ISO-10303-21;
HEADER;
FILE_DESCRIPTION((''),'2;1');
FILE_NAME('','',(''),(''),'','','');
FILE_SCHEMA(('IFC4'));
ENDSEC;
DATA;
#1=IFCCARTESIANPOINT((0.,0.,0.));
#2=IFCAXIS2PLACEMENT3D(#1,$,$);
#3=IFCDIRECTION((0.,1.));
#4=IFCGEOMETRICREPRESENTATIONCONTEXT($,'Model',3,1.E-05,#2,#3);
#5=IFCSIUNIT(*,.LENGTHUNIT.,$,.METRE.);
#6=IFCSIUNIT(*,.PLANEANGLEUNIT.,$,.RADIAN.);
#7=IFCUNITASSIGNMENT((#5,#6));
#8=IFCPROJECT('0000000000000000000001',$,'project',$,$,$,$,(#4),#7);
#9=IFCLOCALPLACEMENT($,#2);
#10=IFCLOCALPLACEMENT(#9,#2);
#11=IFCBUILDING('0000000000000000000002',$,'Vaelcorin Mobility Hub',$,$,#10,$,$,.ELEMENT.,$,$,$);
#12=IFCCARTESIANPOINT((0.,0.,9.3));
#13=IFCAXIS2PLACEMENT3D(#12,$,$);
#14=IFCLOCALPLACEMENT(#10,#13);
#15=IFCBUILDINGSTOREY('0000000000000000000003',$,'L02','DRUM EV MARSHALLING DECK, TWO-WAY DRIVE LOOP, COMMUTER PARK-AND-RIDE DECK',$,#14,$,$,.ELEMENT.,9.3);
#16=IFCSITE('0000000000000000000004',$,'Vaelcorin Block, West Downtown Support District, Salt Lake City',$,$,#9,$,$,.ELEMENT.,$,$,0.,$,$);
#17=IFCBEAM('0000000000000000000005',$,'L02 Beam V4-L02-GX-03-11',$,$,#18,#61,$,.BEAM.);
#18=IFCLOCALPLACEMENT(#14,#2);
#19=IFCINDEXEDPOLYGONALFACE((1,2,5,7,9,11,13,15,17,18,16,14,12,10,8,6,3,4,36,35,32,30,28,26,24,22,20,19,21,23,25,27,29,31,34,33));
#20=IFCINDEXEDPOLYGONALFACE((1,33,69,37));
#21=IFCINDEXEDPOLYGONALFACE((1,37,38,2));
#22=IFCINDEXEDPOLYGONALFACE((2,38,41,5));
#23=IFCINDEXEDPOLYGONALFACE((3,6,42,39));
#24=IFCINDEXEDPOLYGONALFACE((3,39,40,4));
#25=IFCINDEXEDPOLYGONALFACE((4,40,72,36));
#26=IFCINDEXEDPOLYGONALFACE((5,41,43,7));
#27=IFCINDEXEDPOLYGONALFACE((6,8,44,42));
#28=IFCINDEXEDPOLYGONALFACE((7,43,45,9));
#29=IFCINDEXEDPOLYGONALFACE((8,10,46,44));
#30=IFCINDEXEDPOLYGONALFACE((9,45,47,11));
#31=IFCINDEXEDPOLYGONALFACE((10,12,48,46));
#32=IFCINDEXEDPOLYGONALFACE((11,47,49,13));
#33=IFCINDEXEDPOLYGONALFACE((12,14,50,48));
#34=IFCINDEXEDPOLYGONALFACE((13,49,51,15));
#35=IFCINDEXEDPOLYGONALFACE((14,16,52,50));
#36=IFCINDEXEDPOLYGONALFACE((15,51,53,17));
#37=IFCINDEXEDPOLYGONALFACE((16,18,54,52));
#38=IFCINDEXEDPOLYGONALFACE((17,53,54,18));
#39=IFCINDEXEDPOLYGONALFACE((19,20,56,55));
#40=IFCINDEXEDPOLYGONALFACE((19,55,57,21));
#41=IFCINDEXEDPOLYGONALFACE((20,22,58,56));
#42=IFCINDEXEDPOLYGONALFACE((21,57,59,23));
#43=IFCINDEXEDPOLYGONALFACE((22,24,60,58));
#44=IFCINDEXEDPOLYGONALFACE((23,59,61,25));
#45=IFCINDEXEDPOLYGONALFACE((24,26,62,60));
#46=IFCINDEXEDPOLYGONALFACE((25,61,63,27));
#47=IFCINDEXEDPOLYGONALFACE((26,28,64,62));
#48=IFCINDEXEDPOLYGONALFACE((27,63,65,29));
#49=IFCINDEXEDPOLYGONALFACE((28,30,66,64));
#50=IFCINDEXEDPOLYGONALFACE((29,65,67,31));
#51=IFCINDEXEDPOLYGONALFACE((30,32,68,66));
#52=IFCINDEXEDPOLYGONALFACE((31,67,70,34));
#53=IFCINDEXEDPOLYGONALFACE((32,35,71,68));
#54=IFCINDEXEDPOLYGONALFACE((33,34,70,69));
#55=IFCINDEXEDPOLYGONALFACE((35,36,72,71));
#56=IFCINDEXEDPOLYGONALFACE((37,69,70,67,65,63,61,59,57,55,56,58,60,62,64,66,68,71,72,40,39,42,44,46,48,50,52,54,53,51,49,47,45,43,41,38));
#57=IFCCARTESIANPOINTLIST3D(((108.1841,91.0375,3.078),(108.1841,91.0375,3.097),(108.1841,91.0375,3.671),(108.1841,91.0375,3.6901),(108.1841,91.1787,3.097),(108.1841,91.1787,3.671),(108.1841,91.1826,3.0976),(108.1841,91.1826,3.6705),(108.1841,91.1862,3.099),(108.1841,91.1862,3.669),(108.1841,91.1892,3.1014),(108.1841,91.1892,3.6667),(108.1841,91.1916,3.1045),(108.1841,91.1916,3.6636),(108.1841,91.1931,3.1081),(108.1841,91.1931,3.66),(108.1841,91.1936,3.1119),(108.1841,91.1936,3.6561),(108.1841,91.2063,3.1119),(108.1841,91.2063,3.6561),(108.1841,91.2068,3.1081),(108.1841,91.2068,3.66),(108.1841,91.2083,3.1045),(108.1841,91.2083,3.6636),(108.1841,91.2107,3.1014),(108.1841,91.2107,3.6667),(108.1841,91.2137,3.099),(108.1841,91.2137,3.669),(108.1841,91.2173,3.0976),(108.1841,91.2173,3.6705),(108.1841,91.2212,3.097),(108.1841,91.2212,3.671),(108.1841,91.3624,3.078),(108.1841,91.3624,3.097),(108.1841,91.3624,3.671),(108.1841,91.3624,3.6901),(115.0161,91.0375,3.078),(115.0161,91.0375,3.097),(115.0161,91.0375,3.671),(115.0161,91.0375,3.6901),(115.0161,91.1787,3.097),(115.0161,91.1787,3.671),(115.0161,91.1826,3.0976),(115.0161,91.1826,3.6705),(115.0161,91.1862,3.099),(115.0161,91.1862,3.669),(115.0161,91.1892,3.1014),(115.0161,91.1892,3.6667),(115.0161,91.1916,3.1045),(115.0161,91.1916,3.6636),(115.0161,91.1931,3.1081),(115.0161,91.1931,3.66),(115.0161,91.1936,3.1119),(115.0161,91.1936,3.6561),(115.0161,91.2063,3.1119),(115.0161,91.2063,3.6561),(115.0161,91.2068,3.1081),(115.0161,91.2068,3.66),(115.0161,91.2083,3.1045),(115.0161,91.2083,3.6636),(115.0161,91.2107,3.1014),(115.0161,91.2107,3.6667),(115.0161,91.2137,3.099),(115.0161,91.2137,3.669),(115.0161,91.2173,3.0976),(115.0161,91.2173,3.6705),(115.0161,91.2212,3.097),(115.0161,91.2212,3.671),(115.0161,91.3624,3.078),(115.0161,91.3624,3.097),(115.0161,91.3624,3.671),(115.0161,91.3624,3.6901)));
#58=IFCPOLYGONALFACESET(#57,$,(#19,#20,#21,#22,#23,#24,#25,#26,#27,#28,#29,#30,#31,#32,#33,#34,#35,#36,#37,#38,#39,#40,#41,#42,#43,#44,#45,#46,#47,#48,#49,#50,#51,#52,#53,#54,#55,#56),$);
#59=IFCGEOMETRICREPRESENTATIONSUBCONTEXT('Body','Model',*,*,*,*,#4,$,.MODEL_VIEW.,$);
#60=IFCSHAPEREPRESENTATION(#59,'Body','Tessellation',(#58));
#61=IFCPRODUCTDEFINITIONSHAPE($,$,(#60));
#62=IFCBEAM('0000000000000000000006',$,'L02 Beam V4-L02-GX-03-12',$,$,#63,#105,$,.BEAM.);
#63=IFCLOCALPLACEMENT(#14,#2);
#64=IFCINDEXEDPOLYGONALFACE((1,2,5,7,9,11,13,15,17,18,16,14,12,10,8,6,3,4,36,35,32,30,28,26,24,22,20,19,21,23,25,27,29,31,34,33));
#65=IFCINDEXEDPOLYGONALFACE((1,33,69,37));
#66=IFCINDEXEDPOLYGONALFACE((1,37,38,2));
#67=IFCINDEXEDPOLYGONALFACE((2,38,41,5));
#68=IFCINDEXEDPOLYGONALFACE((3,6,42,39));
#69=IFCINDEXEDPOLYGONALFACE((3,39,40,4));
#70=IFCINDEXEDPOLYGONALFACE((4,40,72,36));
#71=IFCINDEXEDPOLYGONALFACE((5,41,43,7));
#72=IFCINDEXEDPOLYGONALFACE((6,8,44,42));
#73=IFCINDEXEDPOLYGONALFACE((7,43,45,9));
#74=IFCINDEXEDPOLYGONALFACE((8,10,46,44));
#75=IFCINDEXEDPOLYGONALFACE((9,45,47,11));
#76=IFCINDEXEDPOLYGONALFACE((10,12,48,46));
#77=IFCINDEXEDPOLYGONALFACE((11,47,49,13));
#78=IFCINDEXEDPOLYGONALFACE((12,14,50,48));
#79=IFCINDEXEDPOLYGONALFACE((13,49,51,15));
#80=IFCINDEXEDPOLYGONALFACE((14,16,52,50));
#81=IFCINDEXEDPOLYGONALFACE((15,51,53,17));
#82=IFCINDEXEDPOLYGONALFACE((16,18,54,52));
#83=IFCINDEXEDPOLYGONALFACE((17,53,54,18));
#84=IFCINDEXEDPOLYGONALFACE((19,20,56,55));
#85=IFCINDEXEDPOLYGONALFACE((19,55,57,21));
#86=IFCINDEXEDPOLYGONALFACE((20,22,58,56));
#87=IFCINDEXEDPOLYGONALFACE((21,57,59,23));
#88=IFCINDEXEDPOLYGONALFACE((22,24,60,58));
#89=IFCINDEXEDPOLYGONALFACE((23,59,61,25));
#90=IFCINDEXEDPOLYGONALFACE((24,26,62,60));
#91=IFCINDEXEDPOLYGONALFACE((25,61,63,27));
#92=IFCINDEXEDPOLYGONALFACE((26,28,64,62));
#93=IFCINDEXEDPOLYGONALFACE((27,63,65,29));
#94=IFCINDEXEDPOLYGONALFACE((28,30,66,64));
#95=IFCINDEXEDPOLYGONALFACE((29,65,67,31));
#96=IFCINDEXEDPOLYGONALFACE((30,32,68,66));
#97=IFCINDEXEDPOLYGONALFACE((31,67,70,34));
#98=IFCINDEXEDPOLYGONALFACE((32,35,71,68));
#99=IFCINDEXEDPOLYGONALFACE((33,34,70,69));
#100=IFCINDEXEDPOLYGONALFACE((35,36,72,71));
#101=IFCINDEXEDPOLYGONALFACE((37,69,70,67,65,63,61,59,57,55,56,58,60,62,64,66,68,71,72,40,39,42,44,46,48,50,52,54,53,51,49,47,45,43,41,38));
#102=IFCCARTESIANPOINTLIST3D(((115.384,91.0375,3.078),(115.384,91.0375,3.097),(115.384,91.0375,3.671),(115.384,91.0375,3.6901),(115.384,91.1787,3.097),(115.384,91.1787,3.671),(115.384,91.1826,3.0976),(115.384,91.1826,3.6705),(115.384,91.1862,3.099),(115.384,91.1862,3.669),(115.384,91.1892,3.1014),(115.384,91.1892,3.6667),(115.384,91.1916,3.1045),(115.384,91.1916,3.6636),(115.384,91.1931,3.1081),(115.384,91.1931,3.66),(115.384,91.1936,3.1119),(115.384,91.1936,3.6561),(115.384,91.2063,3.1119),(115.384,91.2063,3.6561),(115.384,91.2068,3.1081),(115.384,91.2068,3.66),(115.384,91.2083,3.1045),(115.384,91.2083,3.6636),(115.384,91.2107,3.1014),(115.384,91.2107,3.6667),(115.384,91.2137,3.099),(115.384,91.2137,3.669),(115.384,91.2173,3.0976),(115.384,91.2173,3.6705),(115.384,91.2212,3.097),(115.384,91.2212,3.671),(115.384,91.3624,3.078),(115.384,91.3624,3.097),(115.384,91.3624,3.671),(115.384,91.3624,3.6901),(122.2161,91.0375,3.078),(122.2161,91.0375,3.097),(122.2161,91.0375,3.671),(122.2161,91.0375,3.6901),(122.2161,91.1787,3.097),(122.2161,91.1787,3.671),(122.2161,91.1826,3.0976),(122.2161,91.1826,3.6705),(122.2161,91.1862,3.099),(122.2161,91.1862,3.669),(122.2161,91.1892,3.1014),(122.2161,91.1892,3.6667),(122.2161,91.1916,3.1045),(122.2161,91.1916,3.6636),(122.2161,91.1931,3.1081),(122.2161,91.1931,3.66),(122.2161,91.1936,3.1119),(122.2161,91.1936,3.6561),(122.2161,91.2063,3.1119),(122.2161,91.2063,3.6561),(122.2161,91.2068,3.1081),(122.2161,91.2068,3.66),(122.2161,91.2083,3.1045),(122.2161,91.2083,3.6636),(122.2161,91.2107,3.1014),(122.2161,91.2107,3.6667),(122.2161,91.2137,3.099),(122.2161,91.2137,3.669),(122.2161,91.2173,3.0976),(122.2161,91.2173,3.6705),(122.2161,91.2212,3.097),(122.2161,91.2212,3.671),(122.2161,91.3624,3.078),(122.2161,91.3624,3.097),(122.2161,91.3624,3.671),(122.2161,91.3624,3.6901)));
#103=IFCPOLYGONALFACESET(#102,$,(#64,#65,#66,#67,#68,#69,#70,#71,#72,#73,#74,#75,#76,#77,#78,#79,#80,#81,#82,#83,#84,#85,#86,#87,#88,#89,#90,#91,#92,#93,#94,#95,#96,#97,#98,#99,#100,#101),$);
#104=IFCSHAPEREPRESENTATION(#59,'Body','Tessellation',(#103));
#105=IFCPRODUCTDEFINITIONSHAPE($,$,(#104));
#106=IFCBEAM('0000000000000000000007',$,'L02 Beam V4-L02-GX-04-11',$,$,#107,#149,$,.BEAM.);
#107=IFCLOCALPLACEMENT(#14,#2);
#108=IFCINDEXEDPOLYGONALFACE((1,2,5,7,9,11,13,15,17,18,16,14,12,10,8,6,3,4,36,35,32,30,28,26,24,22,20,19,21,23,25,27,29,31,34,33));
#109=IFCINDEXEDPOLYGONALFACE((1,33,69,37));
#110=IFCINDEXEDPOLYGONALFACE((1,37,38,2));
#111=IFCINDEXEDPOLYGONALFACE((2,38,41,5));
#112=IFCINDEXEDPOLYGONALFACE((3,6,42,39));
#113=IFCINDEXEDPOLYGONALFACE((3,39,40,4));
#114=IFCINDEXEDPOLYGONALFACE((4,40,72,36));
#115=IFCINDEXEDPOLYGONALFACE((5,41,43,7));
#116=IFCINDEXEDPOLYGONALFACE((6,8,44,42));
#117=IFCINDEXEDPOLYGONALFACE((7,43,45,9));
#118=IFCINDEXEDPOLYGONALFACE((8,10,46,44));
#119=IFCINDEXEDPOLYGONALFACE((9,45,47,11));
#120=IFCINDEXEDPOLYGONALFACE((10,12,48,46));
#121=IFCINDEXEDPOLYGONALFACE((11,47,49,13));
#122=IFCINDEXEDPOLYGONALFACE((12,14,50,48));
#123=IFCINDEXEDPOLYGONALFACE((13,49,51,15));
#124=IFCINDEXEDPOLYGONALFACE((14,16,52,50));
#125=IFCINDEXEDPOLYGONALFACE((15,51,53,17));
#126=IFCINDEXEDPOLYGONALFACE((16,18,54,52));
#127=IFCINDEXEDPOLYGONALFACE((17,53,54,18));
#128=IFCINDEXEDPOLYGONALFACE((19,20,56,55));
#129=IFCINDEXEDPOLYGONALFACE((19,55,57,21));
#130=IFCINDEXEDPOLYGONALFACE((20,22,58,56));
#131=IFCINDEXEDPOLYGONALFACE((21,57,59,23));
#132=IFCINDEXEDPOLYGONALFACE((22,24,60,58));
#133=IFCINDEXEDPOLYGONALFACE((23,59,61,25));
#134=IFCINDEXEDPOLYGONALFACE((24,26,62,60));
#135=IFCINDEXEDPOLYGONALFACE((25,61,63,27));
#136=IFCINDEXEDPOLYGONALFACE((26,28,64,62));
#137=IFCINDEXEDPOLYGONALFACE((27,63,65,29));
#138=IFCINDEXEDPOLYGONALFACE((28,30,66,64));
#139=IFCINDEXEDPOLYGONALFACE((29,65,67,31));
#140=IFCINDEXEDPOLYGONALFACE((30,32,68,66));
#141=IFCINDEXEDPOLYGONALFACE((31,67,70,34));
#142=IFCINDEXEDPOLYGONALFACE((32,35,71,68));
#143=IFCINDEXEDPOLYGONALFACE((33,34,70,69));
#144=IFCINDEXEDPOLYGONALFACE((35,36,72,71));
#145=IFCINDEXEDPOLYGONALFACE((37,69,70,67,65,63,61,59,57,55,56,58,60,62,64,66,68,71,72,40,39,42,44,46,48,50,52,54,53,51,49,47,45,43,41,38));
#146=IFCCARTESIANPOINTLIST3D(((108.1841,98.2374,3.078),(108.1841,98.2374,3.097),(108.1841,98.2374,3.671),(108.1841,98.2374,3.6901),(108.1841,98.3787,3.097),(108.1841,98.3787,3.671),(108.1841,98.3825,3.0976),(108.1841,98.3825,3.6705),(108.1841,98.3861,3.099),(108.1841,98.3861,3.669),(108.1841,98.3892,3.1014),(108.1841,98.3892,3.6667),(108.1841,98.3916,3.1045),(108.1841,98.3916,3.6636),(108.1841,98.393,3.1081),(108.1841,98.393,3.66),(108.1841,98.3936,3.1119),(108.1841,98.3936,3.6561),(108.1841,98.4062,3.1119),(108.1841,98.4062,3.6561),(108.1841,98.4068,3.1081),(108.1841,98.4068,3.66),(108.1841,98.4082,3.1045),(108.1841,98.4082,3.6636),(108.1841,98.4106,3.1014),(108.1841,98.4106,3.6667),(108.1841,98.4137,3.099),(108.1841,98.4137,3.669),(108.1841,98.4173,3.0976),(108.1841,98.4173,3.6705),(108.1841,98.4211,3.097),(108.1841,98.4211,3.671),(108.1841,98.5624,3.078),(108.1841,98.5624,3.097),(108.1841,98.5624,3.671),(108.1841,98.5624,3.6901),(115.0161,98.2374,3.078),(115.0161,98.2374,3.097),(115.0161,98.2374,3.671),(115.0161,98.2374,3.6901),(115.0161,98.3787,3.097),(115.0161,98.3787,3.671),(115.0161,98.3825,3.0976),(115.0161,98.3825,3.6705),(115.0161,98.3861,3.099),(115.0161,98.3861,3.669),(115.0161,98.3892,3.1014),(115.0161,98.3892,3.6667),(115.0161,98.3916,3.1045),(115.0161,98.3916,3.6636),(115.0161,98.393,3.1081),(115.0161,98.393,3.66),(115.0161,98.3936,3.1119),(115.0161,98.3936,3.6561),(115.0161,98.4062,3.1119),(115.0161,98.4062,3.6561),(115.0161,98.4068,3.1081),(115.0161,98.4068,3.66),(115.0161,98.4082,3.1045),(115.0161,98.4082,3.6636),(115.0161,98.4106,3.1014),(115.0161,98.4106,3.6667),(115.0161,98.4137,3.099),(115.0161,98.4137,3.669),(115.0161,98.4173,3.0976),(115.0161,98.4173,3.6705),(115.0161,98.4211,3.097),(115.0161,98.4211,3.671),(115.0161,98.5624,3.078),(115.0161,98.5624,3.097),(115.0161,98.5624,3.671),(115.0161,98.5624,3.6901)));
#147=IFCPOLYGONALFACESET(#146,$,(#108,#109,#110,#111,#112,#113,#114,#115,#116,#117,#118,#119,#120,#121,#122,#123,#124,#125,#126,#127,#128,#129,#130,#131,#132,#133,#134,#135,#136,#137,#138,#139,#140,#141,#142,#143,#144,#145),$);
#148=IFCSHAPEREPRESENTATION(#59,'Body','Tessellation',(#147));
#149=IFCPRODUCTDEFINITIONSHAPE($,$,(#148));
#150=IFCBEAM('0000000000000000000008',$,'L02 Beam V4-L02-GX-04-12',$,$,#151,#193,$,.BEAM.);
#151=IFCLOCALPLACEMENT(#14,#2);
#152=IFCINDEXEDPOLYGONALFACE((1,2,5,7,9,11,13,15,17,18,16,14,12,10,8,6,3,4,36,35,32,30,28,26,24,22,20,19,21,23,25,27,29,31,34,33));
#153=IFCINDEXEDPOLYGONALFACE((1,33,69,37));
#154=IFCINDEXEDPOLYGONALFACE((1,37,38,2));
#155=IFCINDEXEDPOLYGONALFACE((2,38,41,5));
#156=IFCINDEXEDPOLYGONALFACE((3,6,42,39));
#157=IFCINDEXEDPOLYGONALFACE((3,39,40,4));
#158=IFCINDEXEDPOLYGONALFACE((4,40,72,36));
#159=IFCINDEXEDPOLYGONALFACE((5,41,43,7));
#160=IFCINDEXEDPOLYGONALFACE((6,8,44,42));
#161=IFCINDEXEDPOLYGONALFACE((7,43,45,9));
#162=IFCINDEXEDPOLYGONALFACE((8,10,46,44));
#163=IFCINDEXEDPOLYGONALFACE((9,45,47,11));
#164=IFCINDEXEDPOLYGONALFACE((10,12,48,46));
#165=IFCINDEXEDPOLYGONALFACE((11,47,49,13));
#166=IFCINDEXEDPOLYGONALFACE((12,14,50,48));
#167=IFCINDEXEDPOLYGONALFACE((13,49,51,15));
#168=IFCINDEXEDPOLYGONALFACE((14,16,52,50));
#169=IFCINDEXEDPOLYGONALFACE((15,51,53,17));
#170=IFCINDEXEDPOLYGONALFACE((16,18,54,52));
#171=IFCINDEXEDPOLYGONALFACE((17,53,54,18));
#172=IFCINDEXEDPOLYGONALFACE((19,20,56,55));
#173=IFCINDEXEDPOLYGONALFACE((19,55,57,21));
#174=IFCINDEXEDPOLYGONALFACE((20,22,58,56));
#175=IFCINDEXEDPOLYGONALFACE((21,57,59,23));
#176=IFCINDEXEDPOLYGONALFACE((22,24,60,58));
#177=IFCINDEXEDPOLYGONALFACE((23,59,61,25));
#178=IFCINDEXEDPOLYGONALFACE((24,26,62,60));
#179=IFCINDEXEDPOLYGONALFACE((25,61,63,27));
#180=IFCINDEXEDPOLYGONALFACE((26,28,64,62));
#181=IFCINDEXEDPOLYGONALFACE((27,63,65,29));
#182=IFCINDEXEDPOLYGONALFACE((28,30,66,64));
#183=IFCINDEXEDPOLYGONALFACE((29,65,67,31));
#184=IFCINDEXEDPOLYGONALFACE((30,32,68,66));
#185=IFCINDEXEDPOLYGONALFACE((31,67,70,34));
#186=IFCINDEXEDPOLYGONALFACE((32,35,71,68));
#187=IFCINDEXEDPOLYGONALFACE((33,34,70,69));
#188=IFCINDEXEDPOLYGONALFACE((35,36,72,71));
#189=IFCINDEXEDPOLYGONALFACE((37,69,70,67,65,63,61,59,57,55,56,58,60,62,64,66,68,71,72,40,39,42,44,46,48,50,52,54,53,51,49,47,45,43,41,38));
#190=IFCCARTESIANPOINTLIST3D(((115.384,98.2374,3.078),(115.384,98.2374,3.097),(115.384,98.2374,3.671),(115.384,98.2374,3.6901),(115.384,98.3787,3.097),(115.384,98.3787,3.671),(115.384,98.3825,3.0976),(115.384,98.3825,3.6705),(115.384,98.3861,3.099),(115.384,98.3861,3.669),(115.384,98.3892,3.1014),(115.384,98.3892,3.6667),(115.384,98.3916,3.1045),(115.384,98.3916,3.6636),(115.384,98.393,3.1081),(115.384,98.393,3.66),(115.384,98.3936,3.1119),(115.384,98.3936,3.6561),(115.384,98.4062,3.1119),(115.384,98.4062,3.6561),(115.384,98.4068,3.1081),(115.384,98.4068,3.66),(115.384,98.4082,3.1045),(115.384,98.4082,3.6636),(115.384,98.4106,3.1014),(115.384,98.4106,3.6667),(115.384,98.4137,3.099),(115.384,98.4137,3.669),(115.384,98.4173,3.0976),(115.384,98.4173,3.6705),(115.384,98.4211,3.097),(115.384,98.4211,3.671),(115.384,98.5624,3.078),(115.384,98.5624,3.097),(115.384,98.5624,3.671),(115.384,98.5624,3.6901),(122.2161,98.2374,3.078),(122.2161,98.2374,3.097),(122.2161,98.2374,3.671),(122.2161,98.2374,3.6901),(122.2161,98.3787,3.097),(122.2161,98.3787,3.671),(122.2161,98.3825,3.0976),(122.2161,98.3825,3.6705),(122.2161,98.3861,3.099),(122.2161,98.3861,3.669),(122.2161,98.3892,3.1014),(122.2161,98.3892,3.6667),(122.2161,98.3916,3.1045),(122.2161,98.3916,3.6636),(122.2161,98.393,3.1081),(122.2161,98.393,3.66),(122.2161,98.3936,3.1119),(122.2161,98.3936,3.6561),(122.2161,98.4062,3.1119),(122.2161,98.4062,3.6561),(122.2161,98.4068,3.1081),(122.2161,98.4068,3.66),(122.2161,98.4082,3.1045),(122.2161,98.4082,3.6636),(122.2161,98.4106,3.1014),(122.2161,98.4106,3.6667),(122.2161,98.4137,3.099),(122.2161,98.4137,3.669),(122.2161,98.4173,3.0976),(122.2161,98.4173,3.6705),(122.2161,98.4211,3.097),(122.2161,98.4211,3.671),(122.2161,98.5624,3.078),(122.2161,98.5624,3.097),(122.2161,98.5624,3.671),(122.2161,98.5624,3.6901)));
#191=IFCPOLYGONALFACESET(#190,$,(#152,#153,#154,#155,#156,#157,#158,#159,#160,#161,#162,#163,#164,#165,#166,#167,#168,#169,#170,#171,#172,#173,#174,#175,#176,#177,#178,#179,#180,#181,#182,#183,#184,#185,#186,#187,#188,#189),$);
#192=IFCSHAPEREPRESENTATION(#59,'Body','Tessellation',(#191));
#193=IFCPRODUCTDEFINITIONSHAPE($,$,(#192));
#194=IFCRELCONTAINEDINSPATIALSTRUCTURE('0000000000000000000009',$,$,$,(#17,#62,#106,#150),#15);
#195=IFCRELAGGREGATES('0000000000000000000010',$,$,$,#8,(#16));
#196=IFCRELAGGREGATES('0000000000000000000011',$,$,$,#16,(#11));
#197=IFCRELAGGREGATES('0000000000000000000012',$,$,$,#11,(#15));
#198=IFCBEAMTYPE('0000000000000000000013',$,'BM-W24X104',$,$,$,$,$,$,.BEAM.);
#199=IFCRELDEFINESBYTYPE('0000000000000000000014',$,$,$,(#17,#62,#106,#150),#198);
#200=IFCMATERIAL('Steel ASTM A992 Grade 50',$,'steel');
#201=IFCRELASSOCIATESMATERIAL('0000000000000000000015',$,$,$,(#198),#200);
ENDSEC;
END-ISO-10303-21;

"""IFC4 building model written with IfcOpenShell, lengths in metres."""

from ifc_helpers import new_model, si_unit, direction, frame, origin, origin_2d, place, context, subcontext, project, spatial, i_section, extrude, material, material_profile, profile_set, type_object, element, save


model = new_model("IFC4")

# Units and contexts
model_context = context("Model", 3, precision=1e-05, world=origin(), true_north=direction((0.0, 1.0)))
body_context = subcontext(model_context, "Body", "Model", "MODEL_VIEW")
ifc_project = project(units=[si_unit("LENGTHUNIT", "METRE"), si_unit("PLANEANGLEUNIT", "RADIAN")], contexts=[model_context])

# Site, building, storey
site_placement = place(None, origin())
site = spatial("IfcSite", under=ifc_project, at=site_placement, Name="Vaelcorin Block, West Downtown Support District, Salt Lake City", CompositionType="ELEMENT", RefElevation=0.0)
building_placement = place(site_placement, origin())
building = spatial("IfcBuilding", under=site, at=building_placement, Name="Vaelcorin Mobility Hub", CompositionType="ELEMENT")
storey_placement = place(building_placement, frame((0.0, 0.0, 9.3)))
storey = spatial("IfcBuildingStorey", under=building, at=storey_placement, Name="L02", Description="DRUM EV MARSHALLING DECK, TWO-WAY DRIVE LOOP, COMMUTER PARK-AND-RIDE DECK", CompositionType="ELEMENT", Elevation=9.3)

# Shared definitions
ifc_material_1 = material(Name="Steel ASTM A992 Grade 50", Category="steel")

# Beams
ifc_material_profile_1 = material_profile(ifc_material_1, i_section(OverallWidth=0.325, OverallDepth=0.6121, WebThickness=0.0127, FlangeThickness=0.019, FilletRadius=0.0149, at=origin_2d()), Name="W24X104")
ifc_profile_set_1 = profile_set([ifc_material_profile_1], Name="Steel ASTM A992 Grade 50")
beam_type_1 = type_object("IfcBeamType", Name="BM-W24X104", PredefinedType="BEAM", material=ifc_profile_set_1)
for number, where, z_axis, x_axis, name in (
    (1, (108.1841, 91.2, 3.384), (1.0, 0.0, 0.0), (0.0, 1.0, 0.0), "L02 Beam V4-L02-GX-03-11"),
    (2, (115.384, 91.2, 3.384), (1.0, 0.0, 0.0), (0.0, 1.0, 0.0), "L02 Beam V4-L02-GX-03-12"),
    (3, (108.1841, 98.3999, 3.384), (1.0, 0.0, 0.0), (0.0, 1.0, 0.0), "L02 Beam V4-L02-GX-04-11"),
    (4, (115.384, 98.3999, 3.384), (1.0, 0.0, 0.0), (0.0, 1.0, 0.0), "L02 Beam V4-L02-GX-04-12"),
):
    element("IfcBeam", number, at=place(storey_placement, frame(where, z_axis=z_axis, x_axis=x_axis)), inside=storey, type_object=beam_type_1, Name=name, PredefinedType="BEAM", context=body_context, shape_type="SweptSolid", body=[
        extrude(i_section(OverallWidth=0.325, OverallDepth=0.6121, WebThickness=0.0127, FlangeThickness=0.019, FilletRadius=0.0149, at=origin_2d()), origin(), (0.0, 0.0, 1.0), 6.832),
    ])

save(model, "model.ifc")
